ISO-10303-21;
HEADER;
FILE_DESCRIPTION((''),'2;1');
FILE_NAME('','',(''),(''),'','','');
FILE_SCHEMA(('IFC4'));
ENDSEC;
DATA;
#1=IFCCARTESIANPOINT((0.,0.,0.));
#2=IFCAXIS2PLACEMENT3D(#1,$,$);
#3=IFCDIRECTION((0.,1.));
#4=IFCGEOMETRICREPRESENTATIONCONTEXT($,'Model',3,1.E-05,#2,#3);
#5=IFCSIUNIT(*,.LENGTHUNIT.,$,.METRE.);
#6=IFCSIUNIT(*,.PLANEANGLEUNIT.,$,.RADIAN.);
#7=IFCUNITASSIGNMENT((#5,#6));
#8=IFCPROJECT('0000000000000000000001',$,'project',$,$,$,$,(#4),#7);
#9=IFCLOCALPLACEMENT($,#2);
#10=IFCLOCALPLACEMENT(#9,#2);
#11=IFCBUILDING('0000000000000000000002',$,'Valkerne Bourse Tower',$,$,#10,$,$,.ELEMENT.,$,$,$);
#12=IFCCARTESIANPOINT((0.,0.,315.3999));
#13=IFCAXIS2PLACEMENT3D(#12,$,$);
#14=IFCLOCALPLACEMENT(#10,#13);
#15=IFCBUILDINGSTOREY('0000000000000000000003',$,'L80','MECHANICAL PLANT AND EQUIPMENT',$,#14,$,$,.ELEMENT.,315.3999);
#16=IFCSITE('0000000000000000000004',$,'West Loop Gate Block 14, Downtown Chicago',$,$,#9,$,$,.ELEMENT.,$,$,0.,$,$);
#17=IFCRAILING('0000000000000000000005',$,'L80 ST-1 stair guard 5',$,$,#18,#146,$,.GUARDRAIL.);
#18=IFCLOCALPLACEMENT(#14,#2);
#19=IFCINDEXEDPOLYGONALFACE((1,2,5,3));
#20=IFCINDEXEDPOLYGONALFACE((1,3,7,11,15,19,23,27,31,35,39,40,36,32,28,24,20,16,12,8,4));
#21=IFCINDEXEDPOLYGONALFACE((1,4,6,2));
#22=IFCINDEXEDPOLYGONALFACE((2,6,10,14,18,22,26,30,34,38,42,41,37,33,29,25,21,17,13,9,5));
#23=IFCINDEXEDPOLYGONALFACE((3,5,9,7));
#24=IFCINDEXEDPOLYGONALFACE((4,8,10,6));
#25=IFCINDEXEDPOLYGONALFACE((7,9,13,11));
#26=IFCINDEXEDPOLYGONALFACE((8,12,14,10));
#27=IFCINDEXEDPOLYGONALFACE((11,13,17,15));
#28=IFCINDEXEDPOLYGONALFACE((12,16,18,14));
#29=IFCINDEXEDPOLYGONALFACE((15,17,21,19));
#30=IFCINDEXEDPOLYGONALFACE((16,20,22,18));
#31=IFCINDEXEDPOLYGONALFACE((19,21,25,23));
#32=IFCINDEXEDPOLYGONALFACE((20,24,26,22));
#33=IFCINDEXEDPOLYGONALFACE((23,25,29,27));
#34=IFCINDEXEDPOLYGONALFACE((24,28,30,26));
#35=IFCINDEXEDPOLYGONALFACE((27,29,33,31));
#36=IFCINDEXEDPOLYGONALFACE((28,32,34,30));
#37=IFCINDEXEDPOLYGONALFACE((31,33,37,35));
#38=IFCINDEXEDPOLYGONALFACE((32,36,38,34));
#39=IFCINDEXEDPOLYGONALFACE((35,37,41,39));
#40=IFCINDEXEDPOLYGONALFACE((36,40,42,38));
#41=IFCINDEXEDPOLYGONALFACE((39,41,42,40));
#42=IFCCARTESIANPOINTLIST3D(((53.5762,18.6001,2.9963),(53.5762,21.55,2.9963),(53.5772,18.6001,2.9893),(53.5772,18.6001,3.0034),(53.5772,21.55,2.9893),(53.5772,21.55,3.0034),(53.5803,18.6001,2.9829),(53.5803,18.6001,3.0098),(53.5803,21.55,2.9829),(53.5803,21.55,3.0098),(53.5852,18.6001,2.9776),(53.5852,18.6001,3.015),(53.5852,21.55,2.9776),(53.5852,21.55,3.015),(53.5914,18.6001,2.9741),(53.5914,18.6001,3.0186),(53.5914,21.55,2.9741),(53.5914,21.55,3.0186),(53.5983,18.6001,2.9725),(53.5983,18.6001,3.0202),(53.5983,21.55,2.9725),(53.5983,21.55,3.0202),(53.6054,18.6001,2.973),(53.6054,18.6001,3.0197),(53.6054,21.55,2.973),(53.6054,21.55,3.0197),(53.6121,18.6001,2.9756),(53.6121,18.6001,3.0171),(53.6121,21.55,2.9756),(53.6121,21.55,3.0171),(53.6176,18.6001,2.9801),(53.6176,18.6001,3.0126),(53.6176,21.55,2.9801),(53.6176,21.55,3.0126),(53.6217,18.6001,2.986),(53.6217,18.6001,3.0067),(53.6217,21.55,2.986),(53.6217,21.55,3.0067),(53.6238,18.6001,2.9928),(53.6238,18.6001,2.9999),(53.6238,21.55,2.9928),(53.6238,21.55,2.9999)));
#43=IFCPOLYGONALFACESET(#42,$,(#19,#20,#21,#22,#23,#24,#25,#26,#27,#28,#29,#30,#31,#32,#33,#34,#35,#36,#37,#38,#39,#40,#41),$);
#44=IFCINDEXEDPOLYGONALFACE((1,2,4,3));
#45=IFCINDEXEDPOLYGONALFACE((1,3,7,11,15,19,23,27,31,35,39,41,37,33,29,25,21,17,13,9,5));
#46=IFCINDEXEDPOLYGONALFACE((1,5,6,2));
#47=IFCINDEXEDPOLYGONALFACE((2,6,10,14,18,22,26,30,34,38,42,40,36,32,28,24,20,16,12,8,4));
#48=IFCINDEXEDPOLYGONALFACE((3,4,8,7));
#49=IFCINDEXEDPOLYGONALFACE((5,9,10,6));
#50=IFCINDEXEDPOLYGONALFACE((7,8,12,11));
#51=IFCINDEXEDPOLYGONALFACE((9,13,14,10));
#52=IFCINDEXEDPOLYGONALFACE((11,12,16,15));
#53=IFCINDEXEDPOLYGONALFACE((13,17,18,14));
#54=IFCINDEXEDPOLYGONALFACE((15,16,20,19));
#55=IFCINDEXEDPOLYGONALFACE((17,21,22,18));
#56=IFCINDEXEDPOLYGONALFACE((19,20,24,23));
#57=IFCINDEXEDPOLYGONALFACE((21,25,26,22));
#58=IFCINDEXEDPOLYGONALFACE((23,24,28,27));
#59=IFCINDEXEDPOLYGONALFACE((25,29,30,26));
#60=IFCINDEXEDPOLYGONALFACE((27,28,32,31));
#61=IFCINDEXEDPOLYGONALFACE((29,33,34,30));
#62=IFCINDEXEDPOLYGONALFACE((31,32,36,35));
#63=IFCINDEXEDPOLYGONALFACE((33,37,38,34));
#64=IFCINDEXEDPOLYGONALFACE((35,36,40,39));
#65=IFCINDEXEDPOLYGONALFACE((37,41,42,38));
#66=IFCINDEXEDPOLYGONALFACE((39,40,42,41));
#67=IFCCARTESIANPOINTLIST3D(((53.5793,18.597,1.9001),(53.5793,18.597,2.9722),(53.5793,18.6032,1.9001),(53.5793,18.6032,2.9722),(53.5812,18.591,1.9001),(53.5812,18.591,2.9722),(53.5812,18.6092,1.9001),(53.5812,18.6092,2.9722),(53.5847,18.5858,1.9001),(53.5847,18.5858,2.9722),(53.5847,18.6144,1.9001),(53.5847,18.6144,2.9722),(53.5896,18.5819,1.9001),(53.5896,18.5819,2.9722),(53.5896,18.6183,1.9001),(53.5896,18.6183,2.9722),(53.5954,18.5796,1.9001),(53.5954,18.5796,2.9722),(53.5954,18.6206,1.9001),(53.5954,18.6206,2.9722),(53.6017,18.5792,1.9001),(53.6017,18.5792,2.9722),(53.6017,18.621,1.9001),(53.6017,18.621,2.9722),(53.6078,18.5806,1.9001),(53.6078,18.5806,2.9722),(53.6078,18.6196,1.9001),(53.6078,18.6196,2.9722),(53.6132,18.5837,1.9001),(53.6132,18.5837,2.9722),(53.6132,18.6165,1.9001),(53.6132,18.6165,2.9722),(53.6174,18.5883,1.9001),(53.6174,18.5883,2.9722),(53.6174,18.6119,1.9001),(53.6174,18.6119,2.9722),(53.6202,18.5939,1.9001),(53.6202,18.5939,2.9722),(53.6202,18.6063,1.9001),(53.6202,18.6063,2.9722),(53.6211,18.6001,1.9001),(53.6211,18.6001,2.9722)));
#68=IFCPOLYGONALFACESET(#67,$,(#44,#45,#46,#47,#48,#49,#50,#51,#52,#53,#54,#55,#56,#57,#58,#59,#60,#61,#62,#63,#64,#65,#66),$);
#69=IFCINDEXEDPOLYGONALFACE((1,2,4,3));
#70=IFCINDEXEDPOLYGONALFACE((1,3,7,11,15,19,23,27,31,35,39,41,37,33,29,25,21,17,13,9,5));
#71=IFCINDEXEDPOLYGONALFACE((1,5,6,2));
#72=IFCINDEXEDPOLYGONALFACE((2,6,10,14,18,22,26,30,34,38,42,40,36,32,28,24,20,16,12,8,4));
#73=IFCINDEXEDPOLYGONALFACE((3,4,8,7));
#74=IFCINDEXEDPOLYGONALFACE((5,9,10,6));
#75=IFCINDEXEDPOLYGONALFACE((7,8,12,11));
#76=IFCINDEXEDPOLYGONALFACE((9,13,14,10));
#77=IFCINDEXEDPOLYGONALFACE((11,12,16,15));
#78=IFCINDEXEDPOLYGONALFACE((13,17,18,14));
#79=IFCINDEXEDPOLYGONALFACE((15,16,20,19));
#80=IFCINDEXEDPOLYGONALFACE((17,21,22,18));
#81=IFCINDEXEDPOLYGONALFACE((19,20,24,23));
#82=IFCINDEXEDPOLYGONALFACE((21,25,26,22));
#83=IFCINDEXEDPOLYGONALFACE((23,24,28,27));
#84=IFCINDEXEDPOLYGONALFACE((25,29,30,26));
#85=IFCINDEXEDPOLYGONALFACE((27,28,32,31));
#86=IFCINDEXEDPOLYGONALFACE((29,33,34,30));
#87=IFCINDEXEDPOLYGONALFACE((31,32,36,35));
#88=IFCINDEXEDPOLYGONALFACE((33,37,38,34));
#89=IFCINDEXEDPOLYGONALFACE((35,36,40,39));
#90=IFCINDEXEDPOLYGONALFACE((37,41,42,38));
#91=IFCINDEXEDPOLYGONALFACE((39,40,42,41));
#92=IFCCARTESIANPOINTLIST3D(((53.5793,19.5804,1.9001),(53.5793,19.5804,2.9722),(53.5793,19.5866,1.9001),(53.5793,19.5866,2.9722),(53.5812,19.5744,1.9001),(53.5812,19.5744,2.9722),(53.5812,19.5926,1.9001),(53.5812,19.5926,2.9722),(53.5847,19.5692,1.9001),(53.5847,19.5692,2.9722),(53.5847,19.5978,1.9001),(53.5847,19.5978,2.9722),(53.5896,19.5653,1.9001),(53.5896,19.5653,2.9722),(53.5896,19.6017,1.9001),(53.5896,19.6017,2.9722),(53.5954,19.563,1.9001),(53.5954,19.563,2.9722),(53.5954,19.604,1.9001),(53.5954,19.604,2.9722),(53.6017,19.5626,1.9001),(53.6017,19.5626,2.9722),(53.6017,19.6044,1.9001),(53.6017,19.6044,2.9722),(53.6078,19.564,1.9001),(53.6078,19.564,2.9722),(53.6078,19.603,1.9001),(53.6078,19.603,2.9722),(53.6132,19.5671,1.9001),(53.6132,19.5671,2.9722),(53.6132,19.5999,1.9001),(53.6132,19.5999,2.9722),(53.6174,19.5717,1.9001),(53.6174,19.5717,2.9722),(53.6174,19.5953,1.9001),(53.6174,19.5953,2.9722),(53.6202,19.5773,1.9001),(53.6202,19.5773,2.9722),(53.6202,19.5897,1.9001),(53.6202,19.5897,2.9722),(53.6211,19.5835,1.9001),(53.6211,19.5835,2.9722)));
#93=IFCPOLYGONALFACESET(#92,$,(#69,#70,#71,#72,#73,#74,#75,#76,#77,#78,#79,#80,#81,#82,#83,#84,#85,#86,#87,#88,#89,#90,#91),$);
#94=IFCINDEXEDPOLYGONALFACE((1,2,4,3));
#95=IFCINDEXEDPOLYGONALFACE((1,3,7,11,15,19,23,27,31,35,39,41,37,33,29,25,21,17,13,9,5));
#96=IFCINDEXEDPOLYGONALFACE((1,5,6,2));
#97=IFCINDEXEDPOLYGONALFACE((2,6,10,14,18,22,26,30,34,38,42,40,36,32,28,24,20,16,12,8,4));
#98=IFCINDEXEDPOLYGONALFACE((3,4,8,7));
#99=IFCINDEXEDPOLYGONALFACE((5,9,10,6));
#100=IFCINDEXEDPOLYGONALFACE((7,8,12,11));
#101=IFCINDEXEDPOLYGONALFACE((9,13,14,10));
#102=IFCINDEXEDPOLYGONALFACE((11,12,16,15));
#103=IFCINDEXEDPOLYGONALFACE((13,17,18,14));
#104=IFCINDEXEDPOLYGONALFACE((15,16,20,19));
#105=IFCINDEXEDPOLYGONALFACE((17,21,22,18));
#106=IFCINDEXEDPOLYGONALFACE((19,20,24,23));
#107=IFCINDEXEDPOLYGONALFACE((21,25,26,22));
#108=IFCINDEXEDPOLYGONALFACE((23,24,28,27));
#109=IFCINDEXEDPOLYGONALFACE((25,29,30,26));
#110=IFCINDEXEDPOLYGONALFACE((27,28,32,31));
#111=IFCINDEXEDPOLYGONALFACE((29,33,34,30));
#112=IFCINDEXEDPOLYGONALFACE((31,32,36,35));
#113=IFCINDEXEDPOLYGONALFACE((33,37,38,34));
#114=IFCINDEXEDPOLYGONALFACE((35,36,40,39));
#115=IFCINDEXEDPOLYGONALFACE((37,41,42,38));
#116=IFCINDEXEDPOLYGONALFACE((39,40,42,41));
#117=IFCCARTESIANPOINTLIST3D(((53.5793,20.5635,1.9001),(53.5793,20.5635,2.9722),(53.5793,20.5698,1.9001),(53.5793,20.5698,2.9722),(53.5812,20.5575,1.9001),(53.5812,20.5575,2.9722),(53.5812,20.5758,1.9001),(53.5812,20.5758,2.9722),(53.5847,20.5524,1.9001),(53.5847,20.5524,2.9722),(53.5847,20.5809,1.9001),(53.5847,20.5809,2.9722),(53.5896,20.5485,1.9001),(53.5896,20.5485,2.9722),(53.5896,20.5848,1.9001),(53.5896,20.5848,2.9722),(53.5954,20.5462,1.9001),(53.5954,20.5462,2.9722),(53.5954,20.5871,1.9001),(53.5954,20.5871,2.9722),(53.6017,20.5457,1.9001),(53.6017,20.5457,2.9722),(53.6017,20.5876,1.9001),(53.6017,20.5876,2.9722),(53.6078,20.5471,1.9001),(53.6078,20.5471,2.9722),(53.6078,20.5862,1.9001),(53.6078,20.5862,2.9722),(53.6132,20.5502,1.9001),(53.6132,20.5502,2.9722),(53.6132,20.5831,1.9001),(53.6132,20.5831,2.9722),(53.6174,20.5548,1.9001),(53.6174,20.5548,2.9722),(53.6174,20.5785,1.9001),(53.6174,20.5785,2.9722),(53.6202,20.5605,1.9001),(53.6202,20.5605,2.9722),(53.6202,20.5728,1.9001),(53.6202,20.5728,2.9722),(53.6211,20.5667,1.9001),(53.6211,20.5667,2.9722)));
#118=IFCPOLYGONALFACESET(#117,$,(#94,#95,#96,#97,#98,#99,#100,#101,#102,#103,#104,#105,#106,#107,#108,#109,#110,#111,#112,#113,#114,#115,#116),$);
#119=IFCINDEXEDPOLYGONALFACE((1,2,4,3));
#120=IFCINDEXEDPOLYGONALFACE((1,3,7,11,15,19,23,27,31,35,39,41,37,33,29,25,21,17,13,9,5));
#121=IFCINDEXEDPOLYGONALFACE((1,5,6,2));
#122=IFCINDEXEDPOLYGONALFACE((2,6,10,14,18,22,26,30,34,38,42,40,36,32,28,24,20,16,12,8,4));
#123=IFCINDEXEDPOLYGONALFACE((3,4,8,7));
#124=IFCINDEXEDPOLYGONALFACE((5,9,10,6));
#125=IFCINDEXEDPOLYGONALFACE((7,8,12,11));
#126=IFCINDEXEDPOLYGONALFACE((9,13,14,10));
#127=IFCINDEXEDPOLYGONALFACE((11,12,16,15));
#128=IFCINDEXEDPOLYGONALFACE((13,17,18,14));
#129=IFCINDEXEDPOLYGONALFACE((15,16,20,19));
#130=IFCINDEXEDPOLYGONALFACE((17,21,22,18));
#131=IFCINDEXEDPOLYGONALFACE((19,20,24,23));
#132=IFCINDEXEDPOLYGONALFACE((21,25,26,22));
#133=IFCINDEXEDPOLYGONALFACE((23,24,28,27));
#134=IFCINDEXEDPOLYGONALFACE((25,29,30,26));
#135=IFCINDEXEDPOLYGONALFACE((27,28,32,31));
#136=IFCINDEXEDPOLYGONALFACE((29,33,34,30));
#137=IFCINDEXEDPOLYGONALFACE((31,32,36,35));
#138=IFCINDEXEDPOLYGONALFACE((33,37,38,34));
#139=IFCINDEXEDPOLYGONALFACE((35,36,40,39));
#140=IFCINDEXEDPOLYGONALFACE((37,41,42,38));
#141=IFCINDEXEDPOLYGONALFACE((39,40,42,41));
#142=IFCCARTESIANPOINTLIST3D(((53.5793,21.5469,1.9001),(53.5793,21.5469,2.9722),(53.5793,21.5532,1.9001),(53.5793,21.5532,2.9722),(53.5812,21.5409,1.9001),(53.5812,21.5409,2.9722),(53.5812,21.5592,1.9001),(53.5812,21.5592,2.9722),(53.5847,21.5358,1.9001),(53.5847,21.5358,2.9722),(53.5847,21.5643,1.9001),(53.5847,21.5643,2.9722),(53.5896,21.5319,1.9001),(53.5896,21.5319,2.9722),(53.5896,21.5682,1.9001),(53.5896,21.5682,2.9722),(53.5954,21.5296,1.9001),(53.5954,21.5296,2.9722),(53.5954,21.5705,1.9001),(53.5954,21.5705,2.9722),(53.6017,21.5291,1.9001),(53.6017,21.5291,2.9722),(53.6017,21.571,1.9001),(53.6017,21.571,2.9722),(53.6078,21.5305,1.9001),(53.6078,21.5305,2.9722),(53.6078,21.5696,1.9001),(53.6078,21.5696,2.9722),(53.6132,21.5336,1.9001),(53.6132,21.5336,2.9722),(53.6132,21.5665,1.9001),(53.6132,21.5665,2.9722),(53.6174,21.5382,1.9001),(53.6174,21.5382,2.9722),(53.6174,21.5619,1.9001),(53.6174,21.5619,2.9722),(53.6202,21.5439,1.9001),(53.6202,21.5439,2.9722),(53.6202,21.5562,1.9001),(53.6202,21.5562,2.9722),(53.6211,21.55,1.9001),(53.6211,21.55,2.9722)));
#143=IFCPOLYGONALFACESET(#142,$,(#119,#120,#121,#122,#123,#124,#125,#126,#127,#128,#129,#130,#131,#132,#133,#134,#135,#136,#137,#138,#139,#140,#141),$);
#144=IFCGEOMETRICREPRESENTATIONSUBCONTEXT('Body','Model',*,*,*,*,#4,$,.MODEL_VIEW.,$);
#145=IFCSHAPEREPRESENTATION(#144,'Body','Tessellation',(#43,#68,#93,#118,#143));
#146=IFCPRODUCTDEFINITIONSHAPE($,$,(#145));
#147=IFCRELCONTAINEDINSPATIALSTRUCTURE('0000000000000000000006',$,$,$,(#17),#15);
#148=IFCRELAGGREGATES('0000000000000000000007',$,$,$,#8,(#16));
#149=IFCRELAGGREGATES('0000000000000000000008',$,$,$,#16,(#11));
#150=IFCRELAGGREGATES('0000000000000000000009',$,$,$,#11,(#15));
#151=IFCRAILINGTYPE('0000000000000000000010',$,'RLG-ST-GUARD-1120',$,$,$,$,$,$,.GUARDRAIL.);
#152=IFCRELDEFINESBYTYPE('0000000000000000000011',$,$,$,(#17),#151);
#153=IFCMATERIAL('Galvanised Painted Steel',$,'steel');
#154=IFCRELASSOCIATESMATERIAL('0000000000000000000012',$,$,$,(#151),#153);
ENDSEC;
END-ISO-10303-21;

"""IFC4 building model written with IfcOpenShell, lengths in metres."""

from ifc_helpers import new_model, si_unit, direction, frame, origin, origin_2d, place, context, subcontext, project, spatial, circle, extrude, material, type_object, element, save


model = new_model("IFC4")

# Units and contexts
model_context = context("Model", 3, precision=1e-05, world=origin(), true_north=direction((0.0, 1.0)))
body_context = subcontext(model_context, "Body", "Model", "MODEL_VIEW")
ifc_project = project(units=[si_unit("LENGTHUNIT", "METRE"), si_unit("PLANEANGLEUNIT", "RADIAN")], contexts=[model_context])

# Site, building, storey
site_placement = place(None, origin())
site = spatial("IfcSite", under=ifc_project, at=site_placement, Name="West Loop Gate Block 14, Downtown Chicago", CompositionType="ELEMENT", RefElevation=0.0)
building_placement = place(site_placement, origin())
building = spatial("IfcBuilding", under=site, at=building_placement, Name="Valkerne Bourse Tower", CompositionType="ELEMENT")
storey_placement = place(building_placement, frame((0.0, 0.0, 315.3999)))
storey = spatial("IfcBuildingStorey", under=building, at=storey_placement, Name="L80", Description="MECHANICAL PLANT AND EQUIPMENT", CompositionType="ELEMENT", Elevation=315.3999)

# Railing
ifc_material_1 = material(Name="Galvanised Painted Steel", Category="steel")
railing_type_1 = type_object("IfcRailingType", Name="RLG-ST-GUARD-1120", PredefinedType="GUARDRAIL", material=ifc_material_1)
railing_1_placement = place(storey_placement, frame((53.6001, 18.6001, 1.9001)))
element("IfcRailing", 1, at=railing_1_placement, inside=storey, type_object=railing_type_1, Name="L80 ST-1 stair guard 5", PredefinedType="GUARDRAIL", context=body_context, shape_type="SweptSolid", body=[
    extrude(circle(Radius=0.0239, at=origin_2d()), frame((0.0, 0.0, 1.0962), z_axis=(0.0, 1.0, 0.0), x_axis=(-1.0, 0.0, 0.0)), (0.0, 0.0, 1.0), 2.95),
    extrude(circle(Radius=0.021, at=origin_2d()), origin(), (0.0, 0.0, 1.0), 1.072),
    extrude(circle(Radius=0.021, at=origin_2d()), frame((0.0, 0.9834, 0.0)), (0.0, 0.0, 1.0), 1.072),
    extrude(circle(Radius=0.021, at=origin_2d()), frame((0.0, 1.9666, 0.0)), (0.0, 0.0, 1.0), 1.072),
    extrude(circle(Radius=0.021, at=origin_2d()), frame((0.0, 2.95, 0.0)), (0.0, 0.0, 1.0), 1.072),
])

save(model, "model.ifc")
